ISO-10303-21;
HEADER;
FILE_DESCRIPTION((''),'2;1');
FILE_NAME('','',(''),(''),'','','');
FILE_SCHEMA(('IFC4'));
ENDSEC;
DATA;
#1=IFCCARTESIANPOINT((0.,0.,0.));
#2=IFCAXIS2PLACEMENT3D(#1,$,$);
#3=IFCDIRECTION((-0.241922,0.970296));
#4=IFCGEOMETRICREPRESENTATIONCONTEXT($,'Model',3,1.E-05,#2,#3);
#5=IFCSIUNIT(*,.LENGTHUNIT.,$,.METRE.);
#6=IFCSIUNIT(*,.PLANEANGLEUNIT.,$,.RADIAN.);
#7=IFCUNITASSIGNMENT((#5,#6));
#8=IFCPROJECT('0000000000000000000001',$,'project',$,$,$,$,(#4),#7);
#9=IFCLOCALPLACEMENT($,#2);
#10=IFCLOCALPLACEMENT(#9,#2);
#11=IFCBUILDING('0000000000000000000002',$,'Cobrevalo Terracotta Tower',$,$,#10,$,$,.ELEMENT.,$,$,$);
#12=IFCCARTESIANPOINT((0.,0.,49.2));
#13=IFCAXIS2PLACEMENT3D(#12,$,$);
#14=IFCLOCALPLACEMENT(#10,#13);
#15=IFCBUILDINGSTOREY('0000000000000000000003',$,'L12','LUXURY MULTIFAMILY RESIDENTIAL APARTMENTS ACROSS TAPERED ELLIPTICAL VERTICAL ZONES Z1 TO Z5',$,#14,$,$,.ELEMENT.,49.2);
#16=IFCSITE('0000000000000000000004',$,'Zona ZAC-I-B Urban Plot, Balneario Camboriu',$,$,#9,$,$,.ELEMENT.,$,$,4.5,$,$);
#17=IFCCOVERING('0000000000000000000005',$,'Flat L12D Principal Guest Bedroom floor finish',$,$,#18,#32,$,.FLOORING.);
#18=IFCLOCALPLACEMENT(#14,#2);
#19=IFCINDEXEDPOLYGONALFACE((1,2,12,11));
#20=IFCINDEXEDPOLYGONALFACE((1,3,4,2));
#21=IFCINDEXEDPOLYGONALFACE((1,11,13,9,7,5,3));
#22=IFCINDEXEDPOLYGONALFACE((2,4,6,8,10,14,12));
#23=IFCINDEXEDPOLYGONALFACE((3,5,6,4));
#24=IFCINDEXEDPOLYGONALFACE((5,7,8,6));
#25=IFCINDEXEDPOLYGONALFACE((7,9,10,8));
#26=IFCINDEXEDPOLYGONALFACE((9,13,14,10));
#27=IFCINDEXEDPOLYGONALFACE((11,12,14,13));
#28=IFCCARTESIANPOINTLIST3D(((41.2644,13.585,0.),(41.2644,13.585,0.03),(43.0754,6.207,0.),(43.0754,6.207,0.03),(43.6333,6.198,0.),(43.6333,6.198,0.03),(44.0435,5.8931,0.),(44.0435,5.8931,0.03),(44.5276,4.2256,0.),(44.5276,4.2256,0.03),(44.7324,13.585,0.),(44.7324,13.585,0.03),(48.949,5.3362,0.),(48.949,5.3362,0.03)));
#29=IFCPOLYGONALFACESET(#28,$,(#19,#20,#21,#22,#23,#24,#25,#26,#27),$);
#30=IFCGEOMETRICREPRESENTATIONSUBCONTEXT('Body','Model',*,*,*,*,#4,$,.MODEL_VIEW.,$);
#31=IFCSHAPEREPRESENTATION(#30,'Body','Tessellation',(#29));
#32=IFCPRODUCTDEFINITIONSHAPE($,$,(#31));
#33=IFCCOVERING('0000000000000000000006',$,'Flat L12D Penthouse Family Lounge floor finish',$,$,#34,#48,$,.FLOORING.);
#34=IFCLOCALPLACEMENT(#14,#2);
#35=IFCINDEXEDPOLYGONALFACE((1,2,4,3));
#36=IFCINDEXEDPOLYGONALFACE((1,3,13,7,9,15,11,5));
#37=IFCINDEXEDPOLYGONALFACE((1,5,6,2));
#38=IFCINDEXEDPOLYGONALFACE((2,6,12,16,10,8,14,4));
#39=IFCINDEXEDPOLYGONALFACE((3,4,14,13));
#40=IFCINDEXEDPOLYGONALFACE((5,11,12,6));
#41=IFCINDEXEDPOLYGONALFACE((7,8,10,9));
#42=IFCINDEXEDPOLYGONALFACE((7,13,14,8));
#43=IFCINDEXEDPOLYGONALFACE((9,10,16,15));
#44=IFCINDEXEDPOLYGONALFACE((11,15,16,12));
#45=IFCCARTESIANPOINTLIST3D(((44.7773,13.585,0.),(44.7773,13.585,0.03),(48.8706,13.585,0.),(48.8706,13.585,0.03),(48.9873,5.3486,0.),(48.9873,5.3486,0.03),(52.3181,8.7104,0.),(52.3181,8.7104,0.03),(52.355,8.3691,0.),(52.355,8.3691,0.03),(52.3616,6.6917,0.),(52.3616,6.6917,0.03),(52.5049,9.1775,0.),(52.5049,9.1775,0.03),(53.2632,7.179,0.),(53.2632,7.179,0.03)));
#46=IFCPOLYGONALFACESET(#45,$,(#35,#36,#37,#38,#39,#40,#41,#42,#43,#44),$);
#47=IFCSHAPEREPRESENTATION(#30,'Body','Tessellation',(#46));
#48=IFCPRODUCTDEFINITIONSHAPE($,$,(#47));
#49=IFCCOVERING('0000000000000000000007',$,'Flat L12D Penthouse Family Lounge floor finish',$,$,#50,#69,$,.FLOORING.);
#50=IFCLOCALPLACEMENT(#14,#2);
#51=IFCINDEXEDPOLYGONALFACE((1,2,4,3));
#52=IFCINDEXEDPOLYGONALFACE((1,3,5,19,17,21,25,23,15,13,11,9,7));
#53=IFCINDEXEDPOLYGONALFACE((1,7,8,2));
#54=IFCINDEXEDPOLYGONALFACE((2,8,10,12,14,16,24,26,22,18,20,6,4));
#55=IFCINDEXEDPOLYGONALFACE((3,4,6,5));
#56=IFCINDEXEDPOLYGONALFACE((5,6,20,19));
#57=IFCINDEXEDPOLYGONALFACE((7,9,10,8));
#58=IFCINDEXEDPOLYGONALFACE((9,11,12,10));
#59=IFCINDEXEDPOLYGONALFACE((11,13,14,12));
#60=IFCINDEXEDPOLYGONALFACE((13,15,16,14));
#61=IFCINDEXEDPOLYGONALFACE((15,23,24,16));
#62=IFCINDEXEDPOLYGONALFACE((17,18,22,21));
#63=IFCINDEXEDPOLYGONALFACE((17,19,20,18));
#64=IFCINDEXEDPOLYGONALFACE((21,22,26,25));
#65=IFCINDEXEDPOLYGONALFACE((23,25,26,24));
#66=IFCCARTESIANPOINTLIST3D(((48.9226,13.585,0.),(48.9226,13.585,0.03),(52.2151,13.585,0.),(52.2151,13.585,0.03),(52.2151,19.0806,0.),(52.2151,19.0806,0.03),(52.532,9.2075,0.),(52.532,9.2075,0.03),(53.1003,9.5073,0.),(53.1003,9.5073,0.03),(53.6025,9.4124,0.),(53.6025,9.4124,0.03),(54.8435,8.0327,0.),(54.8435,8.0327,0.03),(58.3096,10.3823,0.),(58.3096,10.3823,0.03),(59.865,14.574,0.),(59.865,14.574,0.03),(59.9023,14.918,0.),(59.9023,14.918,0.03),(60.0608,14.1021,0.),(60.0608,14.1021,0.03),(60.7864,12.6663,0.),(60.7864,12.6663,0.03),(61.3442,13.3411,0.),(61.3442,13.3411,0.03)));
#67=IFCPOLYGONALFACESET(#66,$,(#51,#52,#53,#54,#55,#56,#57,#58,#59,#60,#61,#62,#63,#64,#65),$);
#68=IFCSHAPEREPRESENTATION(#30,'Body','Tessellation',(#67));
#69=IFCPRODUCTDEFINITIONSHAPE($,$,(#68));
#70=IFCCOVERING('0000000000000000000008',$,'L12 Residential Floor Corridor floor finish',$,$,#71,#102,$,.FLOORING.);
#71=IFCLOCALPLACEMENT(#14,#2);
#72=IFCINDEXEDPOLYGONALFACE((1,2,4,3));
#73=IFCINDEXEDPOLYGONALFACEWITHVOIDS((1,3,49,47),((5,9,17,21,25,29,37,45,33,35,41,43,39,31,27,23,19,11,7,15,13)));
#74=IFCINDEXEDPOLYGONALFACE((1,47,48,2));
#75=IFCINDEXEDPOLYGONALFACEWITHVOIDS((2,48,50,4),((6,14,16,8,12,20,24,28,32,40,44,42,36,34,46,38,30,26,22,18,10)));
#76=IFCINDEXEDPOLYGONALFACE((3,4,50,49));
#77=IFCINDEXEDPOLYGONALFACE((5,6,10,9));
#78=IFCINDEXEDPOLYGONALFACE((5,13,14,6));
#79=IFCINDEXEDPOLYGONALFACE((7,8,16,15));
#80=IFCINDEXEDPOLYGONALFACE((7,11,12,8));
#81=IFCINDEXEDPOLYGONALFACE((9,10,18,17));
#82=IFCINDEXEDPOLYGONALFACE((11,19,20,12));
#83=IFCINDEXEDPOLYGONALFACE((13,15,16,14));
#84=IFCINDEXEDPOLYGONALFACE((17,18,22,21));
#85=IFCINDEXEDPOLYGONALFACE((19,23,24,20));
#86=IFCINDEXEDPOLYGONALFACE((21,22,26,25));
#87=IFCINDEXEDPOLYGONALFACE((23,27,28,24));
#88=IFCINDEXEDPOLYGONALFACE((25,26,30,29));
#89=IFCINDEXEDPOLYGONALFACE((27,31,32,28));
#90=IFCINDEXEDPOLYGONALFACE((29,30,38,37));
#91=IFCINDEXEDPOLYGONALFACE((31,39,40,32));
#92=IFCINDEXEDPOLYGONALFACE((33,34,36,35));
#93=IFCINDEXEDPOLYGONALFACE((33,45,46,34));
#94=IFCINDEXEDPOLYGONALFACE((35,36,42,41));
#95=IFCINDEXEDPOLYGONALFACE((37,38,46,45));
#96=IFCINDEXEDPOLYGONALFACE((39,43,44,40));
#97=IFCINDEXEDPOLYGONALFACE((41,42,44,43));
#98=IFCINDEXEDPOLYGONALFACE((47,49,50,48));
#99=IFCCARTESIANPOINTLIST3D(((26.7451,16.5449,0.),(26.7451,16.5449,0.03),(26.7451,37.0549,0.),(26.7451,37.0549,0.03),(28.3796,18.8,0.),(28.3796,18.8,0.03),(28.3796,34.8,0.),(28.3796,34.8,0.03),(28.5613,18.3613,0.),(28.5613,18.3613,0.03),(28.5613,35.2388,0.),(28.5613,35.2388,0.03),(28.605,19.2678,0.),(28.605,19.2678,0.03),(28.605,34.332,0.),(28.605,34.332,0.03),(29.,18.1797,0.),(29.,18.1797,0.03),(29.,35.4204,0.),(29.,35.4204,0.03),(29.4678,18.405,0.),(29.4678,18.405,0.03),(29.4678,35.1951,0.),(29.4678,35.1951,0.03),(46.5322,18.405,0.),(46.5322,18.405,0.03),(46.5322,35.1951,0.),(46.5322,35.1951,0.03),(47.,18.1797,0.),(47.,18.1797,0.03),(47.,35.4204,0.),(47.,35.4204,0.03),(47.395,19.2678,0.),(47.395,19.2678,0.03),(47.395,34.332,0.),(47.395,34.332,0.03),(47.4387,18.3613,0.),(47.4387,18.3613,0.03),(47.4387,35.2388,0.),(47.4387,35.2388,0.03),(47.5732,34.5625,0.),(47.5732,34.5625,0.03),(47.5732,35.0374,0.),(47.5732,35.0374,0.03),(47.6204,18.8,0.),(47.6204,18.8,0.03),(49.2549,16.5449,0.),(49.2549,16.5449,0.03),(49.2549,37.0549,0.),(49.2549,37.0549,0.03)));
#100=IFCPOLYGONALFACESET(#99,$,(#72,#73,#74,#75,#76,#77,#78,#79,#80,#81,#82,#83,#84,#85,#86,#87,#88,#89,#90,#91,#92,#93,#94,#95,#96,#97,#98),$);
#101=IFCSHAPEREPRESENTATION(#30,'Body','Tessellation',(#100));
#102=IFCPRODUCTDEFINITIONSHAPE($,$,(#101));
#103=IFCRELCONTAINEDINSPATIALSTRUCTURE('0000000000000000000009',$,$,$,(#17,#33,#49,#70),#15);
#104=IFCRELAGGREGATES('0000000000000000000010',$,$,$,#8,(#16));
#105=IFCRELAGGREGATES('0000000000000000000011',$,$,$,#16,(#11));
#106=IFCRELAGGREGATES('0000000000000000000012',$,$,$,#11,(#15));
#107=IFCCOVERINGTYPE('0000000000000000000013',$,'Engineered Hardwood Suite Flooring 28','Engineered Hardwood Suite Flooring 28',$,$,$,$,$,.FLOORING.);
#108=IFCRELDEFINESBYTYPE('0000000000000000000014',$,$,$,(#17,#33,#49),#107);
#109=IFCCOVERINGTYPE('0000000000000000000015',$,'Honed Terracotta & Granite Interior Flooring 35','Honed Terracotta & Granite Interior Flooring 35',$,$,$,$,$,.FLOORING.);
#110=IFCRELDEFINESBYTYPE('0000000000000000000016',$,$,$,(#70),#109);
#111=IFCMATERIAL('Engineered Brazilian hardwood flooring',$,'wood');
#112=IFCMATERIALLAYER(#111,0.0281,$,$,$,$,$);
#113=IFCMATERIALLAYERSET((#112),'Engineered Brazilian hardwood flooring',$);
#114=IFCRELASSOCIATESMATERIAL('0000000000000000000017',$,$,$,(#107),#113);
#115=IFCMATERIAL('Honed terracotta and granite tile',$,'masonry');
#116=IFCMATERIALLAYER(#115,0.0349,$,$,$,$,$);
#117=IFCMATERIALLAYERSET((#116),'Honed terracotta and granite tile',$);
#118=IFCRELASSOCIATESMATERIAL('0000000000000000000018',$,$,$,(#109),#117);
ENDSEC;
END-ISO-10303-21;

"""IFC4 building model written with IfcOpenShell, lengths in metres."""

from ifc_helpers import new_model, si_unit, direction, frame, origin, place, context, subcontext, project, spatial, polyline, outline, extrude, material, layer, layer_set, type_object, element, save


model = new_model("IFC4")

# Units and contexts
model_context = context("Model", 3, precision=1e-05, world=origin(), true_north=direction((-0.241922, 0.970296)))
body_context = subcontext(model_context, "Body", "Model", "MODEL_VIEW")
ifc_project = project(units=[si_unit("LENGTHUNIT", "METRE"), si_unit("PLANEANGLEUNIT", "RADIAN")], contexts=[model_context])

# Site, building, storey
site_placement = place(None, origin())
site = spatial("IfcSite", under=ifc_project, at=site_placement, Name="Zona ZAC-I-B Urban Plot, Balneario Camboriu", CompositionType="ELEMENT", RefElevation=4.5)
building_placement = place(site_placement, origin())
building = spatial("IfcBuilding", under=site, at=building_placement, Name="Cobrevalo Terracotta Tower", CompositionType="ELEMENT")
storey_placement = place(building_placement, frame((0.0, 0.0, 49.2)))
storey = spatial("IfcBuildingStorey", under=building, at=storey_placement, Name="L12", Description="LUXURY MULTIFAMILY RESIDENTIAL APARTMENTS ACROSS TAPERED ELLIPTICAL VERTICAL ZONES Z1 TO Z5", CompositionType="ELEMENT", Elevation=49.2)

# Coverings
ifc_material_1 = material(Name="Engineered Brazilian hardwood flooring", Category="wood")
ifc_layer_1 = layer(ifc_material_1, 0.0281)
ifc_layer_set_1 = layer_set([ifc_layer_1], Name="Engineered Brazilian hardwood flooring")
covering_type_1 = type_object("IfcCoveringType", Name="Engineered Hardwood Suite Flooring 28", Description="Engineered Hardwood Suite Flooring 28", PredefinedType="FLOORING", material=ifc_layer_set_1)
covering_1_placement = place(storey_placement, origin())
element("IfcCovering", 1, at=covering_1_placement, inside=storey, type_object=covering_type_1, Name="Flat L12D Principal Guest Bedroom floor finish", PredefinedType="FLOORING", context=body_context, shape_type="SweptSolid", body=[
    extrude(outline(polyline([(44.5276, 4.2256), (44.0435, 5.8931), (43.6333, 6.198), (43.0754, 6.207), (41.2644, 13.585), (44.7324, 13.585), (48.949, 5.3362), (44.5276, 4.2256)])), origin(), (0.0, 0.0, 1.0), 0.03),
])
covering_2_placement = place(storey_placement, origin())
element("IfcCovering", 2, at=covering_2_placement, inside=storey, type_object=covering_type_1, Name="Flat L12D Penthouse Family Lounge floor finish", PredefinedType="FLOORING", context=body_context, shape_type="SweptSolid", body=[
    extrude(outline(polyline([(48.9873, 5.3486), (44.7773, 13.585), (48.8706, 13.585), (52.5049, 9.1775), (52.3181, 8.7104), (52.355, 8.3691), (53.2632, 7.179), (52.3616, 6.6917), (48.9873, 5.3486)])), origin(), (0.0, 0.0, 1.0), 0.03),
])
covering_3_placement = place(storey_placement, origin())
element("IfcCovering", 3, at=covering_3_placement, inside=storey, type_object=covering_type_1, Name="Flat L12D Penthouse Family Lounge floor finish", PredefinedType="FLOORING", context=body_context, shape_type="SweptSolid", body=[
    extrude(outline(polyline([(54.8435, 8.0327), (53.6025, 9.4124), (53.1003, 9.5073), (52.532, 9.2075), (48.9226, 13.585), (52.2151, 13.585), (52.2151, 19.0806), (59.9023, 14.918), (59.865, 14.574), (60.0608, 14.1021), (61.3442, 13.3411), (60.7864, 12.6663), (58.3096, 10.3823), (54.8435, 8.0327)])), origin(), (0.0, 0.0, 1.0), 0.03),
])
ifc_material_2 = material(Name="Honed terracotta and granite tile", Category="masonry")
ifc_layer_2 = layer(ifc_material_2, 0.0349)
ifc_layer_set_2 = layer_set([ifc_layer_2], Name="Honed terracotta and granite tile")
covering_type_2 = type_object("IfcCoveringType", Name="Honed Terracotta & Granite Interior Flooring 35", Description="Honed Terracotta & Granite Interior Flooring 35", PredefinedType="FLOORING", material=ifc_layer_set_2)
covering_4_placement = place(storey_placement, origin())
element("IfcCovering", 4, at=covering_4_placement, inside=storey, type_object=covering_type_2, Name="L12 Residential Floor Corridor floor finish", PredefinedType="FLOORING", context=body_context, shape_type="SweptSolid", body=[
    extrude(outline(polyline([(49.2549, 37.0549), (49.2549, 16.5449), (26.7451, 16.5449), (26.7451, 37.0549), (49.2549, 37.0549)]), holes=[polyline([(47.395, 34.332), (47.5732, 34.5625), (47.5732, 35.0374), (47.4387, 35.2388), (47.0, 35.4204), (46.5322, 35.1951), (29.4678, 35.1951), (29.0, 35.4204), (28.5613, 35.2388), (28.3796, 34.8), (28.605, 34.332), (28.605, 19.2678), (28.3796, 18.8), (28.5613, 18.3613), (29.0, 18.1797), (29.4678, 18.405), (46.5322, 18.405), (47.0, 18.1797), (47.4387, 18.3613), (47.6204, 18.8), (47.395, 19.2678), (47.395, 34.332)])]), origin(), (0.0, 0.0, 1.0), 0.03),
])

save(model, "model.ifc")
